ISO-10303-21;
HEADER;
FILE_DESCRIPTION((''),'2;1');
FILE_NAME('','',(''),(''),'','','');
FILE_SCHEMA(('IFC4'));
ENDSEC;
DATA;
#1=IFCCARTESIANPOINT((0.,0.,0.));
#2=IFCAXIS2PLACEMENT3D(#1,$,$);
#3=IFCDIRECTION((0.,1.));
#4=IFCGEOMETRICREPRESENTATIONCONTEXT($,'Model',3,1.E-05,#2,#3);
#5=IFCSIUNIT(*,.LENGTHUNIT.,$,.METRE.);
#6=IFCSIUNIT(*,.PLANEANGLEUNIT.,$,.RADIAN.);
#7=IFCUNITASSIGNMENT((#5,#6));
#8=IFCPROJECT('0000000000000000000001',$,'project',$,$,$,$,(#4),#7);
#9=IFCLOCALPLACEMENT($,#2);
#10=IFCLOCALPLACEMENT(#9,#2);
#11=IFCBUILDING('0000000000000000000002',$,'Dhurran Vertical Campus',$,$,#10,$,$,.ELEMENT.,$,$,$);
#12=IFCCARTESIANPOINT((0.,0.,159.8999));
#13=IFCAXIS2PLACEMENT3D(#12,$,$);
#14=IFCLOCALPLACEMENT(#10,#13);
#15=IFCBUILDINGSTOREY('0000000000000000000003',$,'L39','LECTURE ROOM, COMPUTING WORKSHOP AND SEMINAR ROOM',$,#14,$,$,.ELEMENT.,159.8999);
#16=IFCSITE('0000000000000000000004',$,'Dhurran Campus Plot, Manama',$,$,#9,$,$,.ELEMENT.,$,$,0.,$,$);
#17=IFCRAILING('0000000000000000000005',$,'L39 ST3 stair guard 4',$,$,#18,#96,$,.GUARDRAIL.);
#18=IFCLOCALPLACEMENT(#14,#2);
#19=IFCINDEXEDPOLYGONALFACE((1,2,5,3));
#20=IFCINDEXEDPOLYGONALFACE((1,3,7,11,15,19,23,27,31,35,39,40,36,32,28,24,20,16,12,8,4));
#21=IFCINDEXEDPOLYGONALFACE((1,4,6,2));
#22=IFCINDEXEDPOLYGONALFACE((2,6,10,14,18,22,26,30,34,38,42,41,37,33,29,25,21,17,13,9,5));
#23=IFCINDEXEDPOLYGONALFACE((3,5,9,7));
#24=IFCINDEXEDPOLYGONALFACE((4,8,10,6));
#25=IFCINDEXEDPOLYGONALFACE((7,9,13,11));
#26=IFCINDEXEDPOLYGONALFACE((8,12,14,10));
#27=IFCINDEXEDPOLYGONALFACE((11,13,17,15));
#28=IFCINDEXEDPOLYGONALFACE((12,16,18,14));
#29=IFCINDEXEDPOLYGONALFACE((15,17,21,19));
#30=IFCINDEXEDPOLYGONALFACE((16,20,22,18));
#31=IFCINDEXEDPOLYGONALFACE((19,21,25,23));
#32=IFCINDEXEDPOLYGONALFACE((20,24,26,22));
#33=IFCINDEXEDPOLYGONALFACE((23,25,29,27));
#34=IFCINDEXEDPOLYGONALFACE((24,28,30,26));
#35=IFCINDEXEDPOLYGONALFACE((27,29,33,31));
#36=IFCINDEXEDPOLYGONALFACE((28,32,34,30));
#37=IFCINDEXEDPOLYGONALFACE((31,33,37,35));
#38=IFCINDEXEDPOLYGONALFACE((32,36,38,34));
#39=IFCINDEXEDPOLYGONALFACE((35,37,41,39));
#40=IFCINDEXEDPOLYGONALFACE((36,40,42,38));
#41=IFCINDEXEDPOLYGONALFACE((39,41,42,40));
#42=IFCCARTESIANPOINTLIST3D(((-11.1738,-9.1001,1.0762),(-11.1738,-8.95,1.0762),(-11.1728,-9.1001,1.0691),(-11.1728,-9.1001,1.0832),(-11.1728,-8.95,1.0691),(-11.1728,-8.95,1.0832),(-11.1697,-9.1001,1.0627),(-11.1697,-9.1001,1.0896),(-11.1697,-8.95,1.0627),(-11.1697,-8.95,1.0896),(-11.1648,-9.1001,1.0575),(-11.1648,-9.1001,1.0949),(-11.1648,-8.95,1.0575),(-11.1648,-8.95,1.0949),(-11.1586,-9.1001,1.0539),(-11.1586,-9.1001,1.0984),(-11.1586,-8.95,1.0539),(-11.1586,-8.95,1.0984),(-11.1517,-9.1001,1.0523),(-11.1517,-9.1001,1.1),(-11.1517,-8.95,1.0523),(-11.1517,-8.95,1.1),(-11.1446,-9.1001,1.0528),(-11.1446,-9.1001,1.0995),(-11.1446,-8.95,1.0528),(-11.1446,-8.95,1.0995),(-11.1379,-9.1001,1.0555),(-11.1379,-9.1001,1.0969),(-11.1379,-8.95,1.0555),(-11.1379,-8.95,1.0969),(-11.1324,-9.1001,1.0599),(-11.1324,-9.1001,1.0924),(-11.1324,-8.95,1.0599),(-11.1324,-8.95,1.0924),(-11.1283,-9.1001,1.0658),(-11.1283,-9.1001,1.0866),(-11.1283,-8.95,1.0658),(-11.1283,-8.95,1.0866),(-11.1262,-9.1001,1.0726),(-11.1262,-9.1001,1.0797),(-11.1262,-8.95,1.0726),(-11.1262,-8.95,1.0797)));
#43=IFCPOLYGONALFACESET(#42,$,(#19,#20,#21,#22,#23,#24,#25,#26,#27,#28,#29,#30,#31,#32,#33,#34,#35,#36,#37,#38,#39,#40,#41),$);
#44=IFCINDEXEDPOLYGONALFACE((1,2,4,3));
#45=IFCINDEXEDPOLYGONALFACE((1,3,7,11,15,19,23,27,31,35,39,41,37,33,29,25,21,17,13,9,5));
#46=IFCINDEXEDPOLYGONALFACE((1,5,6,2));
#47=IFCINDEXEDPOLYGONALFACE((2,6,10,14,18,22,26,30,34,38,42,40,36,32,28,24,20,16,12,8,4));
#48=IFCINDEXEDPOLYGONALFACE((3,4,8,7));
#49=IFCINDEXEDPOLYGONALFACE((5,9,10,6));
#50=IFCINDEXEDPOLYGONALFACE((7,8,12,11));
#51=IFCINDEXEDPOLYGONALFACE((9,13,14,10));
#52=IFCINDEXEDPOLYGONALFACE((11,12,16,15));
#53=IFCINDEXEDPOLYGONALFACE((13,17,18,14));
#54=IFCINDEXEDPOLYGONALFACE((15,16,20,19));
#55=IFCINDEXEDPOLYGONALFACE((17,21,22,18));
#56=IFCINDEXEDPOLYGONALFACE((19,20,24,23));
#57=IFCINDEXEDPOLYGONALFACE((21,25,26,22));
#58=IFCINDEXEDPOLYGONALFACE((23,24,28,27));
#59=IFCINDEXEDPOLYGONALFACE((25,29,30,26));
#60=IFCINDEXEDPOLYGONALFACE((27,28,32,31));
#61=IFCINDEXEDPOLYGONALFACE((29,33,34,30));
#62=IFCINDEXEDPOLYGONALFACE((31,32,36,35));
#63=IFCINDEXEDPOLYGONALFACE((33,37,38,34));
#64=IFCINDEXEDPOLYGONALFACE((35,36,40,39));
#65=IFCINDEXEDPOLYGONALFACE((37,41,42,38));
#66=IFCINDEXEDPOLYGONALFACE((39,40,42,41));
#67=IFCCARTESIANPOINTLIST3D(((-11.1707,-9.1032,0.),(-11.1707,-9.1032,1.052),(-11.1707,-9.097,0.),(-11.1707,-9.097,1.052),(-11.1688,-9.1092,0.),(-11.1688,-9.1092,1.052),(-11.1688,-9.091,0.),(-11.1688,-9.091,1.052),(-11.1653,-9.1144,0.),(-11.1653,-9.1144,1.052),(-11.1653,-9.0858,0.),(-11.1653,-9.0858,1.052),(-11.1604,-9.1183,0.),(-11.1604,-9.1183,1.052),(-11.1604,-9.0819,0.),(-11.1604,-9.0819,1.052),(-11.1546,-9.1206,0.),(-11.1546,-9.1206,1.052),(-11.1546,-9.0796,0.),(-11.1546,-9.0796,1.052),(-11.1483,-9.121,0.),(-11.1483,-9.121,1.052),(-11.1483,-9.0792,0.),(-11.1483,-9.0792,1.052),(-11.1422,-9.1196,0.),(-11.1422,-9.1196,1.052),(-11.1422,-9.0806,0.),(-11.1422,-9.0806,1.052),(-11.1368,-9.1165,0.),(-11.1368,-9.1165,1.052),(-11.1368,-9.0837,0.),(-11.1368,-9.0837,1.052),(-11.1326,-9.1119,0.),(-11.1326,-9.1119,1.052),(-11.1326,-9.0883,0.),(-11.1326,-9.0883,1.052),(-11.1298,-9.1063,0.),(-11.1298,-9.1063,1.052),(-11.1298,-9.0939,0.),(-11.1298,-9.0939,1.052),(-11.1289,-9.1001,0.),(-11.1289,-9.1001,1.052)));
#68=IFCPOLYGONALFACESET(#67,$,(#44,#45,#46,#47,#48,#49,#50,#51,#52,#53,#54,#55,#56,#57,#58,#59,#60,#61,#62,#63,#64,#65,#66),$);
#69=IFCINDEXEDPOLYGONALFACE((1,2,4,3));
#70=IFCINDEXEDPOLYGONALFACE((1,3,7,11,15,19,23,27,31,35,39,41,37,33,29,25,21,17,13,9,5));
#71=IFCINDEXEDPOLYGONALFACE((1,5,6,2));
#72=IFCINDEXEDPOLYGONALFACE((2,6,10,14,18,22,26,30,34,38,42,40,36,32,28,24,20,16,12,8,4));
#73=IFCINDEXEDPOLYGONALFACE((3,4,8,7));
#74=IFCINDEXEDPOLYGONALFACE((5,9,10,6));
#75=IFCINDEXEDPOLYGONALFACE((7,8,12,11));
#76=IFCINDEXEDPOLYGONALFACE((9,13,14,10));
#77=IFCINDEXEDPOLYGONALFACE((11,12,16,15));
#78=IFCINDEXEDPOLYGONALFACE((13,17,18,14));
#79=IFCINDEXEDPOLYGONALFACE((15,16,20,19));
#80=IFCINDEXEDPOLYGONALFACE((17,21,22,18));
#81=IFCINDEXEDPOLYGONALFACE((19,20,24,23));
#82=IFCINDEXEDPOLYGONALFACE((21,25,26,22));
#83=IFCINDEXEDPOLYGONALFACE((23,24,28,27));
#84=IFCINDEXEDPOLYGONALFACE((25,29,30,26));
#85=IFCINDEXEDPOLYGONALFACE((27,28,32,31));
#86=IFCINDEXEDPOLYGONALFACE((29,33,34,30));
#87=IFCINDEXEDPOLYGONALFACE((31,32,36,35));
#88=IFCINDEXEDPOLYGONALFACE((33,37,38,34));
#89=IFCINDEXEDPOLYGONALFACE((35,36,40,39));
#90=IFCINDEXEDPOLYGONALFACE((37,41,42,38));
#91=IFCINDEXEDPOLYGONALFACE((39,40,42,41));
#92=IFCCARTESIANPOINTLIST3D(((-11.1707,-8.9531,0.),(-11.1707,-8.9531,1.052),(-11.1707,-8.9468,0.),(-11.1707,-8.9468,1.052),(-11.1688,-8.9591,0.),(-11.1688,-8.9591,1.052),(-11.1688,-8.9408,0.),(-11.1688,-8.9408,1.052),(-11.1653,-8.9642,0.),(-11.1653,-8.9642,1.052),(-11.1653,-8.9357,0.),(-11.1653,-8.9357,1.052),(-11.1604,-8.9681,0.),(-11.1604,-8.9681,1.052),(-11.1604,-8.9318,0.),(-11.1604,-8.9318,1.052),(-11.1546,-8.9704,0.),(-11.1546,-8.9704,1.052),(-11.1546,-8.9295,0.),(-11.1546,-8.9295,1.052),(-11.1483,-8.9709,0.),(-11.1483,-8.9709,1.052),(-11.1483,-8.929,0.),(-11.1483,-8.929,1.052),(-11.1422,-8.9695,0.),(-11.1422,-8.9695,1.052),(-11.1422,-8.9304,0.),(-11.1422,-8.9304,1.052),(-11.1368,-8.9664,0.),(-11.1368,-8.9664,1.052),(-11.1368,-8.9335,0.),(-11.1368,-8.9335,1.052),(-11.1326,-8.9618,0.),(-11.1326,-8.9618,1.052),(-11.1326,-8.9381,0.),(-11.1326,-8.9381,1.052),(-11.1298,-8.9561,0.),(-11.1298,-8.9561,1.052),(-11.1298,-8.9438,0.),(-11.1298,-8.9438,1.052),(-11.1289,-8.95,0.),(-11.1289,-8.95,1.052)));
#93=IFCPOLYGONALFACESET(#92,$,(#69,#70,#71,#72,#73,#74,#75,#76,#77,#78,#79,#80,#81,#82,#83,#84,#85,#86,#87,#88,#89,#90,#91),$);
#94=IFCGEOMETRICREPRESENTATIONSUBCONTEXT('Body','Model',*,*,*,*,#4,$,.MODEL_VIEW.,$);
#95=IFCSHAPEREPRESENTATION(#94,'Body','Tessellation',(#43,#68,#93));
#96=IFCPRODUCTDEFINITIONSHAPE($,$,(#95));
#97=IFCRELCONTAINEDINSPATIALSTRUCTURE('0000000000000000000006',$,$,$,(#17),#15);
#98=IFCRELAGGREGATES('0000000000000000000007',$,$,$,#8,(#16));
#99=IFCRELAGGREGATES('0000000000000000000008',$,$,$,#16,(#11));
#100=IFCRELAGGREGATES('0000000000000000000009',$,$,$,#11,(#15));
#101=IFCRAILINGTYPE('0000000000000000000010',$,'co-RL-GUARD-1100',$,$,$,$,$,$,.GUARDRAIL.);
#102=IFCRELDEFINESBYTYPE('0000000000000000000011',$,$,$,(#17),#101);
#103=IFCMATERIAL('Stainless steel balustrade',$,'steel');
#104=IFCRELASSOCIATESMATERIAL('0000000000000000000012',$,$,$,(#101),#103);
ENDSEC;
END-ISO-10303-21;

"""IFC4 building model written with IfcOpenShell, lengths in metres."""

from ifc_helpers import new_model, si_unit, direction, frame, origin, origin_2d, place, context, subcontext, project, spatial, circle, extrude, material, type_object, element, save


model = new_model("IFC4")

# Units and contexts
model_context = context("Model", 3, precision=1e-05, world=origin(), true_north=direction((0.0, 1.0)))
body_context = subcontext(model_context, "Body", "Model", "MODEL_VIEW")
ifc_project = project(units=[si_unit("LENGTHUNIT", "METRE"), si_unit("PLANEANGLEUNIT", "RADIAN")], contexts=[model_context])

# Site, building, storey
site_placement = place(None, origin())
site = spatial("IfcSite", under=ifc_project, at=site_placement, Name="Dhurran Campus Plot, Manama", CompositionType="ELEMENT", RefElevation=0.0)
building_placement = place(site_placement, origin())
building = spatial("IfcBuilding", under=site, at=building_placement, Name="Dhurran Vertical Campus", CompositionType="ELEMENT")
storey_placement = place(building_placement, frame((0.0, 0.0, 159.8999)))
storey = spatial("IfcBuildingStorey", under=building, at=storey_placement, Name="L39", Description="LECTURE ROOM, COMPUTING WORKSHOP AND SEMINAR ROOM", CompositionType="ELEMENT", Elevation=159.8999)

# Railing
ifc_material_1 = material(Name="Stainless steel balustrade", Category="steel")
railing_type_1 = type_object("IfcRailingType", Name="co-RL-GUARD-1100", PredefinedType="GUARDRAIL", material=ifc_material_1)
railing_1_placement = place(storey_placement, frame((-11.1499, -9.1001, 0.0)))
element("IfcRailing", 1, at=railing_1_placement, inside=storey, type_object=railing_type_1, Name="L39 ST3 stair guard 4", PredefinedType="GUARDRAIL", context=body_context, shape_type="SweptSolid", body=[
    extrude(circle(Radius=0.0239, at=origin_2d()), frame((0.0, 0.0, 1.0762), z_axis=(0.0, 1.0, 0.0), x_axis=(-1.0, 0.0, 0.0)), (0.0, 0.0, 1.0), 0.1501),
    extrude(circle(Radius=0.021, at=origin_2d()), origin(), (0.0, 0.0, 1.0), 1.052),
    extrude(circle(Radius=0.021, at=origin_2d()), frame((0.0, 0.1501, 0.0)), (0.0, 0.0, 1.0), 1.052),
])

save(model, "model.ifc")
